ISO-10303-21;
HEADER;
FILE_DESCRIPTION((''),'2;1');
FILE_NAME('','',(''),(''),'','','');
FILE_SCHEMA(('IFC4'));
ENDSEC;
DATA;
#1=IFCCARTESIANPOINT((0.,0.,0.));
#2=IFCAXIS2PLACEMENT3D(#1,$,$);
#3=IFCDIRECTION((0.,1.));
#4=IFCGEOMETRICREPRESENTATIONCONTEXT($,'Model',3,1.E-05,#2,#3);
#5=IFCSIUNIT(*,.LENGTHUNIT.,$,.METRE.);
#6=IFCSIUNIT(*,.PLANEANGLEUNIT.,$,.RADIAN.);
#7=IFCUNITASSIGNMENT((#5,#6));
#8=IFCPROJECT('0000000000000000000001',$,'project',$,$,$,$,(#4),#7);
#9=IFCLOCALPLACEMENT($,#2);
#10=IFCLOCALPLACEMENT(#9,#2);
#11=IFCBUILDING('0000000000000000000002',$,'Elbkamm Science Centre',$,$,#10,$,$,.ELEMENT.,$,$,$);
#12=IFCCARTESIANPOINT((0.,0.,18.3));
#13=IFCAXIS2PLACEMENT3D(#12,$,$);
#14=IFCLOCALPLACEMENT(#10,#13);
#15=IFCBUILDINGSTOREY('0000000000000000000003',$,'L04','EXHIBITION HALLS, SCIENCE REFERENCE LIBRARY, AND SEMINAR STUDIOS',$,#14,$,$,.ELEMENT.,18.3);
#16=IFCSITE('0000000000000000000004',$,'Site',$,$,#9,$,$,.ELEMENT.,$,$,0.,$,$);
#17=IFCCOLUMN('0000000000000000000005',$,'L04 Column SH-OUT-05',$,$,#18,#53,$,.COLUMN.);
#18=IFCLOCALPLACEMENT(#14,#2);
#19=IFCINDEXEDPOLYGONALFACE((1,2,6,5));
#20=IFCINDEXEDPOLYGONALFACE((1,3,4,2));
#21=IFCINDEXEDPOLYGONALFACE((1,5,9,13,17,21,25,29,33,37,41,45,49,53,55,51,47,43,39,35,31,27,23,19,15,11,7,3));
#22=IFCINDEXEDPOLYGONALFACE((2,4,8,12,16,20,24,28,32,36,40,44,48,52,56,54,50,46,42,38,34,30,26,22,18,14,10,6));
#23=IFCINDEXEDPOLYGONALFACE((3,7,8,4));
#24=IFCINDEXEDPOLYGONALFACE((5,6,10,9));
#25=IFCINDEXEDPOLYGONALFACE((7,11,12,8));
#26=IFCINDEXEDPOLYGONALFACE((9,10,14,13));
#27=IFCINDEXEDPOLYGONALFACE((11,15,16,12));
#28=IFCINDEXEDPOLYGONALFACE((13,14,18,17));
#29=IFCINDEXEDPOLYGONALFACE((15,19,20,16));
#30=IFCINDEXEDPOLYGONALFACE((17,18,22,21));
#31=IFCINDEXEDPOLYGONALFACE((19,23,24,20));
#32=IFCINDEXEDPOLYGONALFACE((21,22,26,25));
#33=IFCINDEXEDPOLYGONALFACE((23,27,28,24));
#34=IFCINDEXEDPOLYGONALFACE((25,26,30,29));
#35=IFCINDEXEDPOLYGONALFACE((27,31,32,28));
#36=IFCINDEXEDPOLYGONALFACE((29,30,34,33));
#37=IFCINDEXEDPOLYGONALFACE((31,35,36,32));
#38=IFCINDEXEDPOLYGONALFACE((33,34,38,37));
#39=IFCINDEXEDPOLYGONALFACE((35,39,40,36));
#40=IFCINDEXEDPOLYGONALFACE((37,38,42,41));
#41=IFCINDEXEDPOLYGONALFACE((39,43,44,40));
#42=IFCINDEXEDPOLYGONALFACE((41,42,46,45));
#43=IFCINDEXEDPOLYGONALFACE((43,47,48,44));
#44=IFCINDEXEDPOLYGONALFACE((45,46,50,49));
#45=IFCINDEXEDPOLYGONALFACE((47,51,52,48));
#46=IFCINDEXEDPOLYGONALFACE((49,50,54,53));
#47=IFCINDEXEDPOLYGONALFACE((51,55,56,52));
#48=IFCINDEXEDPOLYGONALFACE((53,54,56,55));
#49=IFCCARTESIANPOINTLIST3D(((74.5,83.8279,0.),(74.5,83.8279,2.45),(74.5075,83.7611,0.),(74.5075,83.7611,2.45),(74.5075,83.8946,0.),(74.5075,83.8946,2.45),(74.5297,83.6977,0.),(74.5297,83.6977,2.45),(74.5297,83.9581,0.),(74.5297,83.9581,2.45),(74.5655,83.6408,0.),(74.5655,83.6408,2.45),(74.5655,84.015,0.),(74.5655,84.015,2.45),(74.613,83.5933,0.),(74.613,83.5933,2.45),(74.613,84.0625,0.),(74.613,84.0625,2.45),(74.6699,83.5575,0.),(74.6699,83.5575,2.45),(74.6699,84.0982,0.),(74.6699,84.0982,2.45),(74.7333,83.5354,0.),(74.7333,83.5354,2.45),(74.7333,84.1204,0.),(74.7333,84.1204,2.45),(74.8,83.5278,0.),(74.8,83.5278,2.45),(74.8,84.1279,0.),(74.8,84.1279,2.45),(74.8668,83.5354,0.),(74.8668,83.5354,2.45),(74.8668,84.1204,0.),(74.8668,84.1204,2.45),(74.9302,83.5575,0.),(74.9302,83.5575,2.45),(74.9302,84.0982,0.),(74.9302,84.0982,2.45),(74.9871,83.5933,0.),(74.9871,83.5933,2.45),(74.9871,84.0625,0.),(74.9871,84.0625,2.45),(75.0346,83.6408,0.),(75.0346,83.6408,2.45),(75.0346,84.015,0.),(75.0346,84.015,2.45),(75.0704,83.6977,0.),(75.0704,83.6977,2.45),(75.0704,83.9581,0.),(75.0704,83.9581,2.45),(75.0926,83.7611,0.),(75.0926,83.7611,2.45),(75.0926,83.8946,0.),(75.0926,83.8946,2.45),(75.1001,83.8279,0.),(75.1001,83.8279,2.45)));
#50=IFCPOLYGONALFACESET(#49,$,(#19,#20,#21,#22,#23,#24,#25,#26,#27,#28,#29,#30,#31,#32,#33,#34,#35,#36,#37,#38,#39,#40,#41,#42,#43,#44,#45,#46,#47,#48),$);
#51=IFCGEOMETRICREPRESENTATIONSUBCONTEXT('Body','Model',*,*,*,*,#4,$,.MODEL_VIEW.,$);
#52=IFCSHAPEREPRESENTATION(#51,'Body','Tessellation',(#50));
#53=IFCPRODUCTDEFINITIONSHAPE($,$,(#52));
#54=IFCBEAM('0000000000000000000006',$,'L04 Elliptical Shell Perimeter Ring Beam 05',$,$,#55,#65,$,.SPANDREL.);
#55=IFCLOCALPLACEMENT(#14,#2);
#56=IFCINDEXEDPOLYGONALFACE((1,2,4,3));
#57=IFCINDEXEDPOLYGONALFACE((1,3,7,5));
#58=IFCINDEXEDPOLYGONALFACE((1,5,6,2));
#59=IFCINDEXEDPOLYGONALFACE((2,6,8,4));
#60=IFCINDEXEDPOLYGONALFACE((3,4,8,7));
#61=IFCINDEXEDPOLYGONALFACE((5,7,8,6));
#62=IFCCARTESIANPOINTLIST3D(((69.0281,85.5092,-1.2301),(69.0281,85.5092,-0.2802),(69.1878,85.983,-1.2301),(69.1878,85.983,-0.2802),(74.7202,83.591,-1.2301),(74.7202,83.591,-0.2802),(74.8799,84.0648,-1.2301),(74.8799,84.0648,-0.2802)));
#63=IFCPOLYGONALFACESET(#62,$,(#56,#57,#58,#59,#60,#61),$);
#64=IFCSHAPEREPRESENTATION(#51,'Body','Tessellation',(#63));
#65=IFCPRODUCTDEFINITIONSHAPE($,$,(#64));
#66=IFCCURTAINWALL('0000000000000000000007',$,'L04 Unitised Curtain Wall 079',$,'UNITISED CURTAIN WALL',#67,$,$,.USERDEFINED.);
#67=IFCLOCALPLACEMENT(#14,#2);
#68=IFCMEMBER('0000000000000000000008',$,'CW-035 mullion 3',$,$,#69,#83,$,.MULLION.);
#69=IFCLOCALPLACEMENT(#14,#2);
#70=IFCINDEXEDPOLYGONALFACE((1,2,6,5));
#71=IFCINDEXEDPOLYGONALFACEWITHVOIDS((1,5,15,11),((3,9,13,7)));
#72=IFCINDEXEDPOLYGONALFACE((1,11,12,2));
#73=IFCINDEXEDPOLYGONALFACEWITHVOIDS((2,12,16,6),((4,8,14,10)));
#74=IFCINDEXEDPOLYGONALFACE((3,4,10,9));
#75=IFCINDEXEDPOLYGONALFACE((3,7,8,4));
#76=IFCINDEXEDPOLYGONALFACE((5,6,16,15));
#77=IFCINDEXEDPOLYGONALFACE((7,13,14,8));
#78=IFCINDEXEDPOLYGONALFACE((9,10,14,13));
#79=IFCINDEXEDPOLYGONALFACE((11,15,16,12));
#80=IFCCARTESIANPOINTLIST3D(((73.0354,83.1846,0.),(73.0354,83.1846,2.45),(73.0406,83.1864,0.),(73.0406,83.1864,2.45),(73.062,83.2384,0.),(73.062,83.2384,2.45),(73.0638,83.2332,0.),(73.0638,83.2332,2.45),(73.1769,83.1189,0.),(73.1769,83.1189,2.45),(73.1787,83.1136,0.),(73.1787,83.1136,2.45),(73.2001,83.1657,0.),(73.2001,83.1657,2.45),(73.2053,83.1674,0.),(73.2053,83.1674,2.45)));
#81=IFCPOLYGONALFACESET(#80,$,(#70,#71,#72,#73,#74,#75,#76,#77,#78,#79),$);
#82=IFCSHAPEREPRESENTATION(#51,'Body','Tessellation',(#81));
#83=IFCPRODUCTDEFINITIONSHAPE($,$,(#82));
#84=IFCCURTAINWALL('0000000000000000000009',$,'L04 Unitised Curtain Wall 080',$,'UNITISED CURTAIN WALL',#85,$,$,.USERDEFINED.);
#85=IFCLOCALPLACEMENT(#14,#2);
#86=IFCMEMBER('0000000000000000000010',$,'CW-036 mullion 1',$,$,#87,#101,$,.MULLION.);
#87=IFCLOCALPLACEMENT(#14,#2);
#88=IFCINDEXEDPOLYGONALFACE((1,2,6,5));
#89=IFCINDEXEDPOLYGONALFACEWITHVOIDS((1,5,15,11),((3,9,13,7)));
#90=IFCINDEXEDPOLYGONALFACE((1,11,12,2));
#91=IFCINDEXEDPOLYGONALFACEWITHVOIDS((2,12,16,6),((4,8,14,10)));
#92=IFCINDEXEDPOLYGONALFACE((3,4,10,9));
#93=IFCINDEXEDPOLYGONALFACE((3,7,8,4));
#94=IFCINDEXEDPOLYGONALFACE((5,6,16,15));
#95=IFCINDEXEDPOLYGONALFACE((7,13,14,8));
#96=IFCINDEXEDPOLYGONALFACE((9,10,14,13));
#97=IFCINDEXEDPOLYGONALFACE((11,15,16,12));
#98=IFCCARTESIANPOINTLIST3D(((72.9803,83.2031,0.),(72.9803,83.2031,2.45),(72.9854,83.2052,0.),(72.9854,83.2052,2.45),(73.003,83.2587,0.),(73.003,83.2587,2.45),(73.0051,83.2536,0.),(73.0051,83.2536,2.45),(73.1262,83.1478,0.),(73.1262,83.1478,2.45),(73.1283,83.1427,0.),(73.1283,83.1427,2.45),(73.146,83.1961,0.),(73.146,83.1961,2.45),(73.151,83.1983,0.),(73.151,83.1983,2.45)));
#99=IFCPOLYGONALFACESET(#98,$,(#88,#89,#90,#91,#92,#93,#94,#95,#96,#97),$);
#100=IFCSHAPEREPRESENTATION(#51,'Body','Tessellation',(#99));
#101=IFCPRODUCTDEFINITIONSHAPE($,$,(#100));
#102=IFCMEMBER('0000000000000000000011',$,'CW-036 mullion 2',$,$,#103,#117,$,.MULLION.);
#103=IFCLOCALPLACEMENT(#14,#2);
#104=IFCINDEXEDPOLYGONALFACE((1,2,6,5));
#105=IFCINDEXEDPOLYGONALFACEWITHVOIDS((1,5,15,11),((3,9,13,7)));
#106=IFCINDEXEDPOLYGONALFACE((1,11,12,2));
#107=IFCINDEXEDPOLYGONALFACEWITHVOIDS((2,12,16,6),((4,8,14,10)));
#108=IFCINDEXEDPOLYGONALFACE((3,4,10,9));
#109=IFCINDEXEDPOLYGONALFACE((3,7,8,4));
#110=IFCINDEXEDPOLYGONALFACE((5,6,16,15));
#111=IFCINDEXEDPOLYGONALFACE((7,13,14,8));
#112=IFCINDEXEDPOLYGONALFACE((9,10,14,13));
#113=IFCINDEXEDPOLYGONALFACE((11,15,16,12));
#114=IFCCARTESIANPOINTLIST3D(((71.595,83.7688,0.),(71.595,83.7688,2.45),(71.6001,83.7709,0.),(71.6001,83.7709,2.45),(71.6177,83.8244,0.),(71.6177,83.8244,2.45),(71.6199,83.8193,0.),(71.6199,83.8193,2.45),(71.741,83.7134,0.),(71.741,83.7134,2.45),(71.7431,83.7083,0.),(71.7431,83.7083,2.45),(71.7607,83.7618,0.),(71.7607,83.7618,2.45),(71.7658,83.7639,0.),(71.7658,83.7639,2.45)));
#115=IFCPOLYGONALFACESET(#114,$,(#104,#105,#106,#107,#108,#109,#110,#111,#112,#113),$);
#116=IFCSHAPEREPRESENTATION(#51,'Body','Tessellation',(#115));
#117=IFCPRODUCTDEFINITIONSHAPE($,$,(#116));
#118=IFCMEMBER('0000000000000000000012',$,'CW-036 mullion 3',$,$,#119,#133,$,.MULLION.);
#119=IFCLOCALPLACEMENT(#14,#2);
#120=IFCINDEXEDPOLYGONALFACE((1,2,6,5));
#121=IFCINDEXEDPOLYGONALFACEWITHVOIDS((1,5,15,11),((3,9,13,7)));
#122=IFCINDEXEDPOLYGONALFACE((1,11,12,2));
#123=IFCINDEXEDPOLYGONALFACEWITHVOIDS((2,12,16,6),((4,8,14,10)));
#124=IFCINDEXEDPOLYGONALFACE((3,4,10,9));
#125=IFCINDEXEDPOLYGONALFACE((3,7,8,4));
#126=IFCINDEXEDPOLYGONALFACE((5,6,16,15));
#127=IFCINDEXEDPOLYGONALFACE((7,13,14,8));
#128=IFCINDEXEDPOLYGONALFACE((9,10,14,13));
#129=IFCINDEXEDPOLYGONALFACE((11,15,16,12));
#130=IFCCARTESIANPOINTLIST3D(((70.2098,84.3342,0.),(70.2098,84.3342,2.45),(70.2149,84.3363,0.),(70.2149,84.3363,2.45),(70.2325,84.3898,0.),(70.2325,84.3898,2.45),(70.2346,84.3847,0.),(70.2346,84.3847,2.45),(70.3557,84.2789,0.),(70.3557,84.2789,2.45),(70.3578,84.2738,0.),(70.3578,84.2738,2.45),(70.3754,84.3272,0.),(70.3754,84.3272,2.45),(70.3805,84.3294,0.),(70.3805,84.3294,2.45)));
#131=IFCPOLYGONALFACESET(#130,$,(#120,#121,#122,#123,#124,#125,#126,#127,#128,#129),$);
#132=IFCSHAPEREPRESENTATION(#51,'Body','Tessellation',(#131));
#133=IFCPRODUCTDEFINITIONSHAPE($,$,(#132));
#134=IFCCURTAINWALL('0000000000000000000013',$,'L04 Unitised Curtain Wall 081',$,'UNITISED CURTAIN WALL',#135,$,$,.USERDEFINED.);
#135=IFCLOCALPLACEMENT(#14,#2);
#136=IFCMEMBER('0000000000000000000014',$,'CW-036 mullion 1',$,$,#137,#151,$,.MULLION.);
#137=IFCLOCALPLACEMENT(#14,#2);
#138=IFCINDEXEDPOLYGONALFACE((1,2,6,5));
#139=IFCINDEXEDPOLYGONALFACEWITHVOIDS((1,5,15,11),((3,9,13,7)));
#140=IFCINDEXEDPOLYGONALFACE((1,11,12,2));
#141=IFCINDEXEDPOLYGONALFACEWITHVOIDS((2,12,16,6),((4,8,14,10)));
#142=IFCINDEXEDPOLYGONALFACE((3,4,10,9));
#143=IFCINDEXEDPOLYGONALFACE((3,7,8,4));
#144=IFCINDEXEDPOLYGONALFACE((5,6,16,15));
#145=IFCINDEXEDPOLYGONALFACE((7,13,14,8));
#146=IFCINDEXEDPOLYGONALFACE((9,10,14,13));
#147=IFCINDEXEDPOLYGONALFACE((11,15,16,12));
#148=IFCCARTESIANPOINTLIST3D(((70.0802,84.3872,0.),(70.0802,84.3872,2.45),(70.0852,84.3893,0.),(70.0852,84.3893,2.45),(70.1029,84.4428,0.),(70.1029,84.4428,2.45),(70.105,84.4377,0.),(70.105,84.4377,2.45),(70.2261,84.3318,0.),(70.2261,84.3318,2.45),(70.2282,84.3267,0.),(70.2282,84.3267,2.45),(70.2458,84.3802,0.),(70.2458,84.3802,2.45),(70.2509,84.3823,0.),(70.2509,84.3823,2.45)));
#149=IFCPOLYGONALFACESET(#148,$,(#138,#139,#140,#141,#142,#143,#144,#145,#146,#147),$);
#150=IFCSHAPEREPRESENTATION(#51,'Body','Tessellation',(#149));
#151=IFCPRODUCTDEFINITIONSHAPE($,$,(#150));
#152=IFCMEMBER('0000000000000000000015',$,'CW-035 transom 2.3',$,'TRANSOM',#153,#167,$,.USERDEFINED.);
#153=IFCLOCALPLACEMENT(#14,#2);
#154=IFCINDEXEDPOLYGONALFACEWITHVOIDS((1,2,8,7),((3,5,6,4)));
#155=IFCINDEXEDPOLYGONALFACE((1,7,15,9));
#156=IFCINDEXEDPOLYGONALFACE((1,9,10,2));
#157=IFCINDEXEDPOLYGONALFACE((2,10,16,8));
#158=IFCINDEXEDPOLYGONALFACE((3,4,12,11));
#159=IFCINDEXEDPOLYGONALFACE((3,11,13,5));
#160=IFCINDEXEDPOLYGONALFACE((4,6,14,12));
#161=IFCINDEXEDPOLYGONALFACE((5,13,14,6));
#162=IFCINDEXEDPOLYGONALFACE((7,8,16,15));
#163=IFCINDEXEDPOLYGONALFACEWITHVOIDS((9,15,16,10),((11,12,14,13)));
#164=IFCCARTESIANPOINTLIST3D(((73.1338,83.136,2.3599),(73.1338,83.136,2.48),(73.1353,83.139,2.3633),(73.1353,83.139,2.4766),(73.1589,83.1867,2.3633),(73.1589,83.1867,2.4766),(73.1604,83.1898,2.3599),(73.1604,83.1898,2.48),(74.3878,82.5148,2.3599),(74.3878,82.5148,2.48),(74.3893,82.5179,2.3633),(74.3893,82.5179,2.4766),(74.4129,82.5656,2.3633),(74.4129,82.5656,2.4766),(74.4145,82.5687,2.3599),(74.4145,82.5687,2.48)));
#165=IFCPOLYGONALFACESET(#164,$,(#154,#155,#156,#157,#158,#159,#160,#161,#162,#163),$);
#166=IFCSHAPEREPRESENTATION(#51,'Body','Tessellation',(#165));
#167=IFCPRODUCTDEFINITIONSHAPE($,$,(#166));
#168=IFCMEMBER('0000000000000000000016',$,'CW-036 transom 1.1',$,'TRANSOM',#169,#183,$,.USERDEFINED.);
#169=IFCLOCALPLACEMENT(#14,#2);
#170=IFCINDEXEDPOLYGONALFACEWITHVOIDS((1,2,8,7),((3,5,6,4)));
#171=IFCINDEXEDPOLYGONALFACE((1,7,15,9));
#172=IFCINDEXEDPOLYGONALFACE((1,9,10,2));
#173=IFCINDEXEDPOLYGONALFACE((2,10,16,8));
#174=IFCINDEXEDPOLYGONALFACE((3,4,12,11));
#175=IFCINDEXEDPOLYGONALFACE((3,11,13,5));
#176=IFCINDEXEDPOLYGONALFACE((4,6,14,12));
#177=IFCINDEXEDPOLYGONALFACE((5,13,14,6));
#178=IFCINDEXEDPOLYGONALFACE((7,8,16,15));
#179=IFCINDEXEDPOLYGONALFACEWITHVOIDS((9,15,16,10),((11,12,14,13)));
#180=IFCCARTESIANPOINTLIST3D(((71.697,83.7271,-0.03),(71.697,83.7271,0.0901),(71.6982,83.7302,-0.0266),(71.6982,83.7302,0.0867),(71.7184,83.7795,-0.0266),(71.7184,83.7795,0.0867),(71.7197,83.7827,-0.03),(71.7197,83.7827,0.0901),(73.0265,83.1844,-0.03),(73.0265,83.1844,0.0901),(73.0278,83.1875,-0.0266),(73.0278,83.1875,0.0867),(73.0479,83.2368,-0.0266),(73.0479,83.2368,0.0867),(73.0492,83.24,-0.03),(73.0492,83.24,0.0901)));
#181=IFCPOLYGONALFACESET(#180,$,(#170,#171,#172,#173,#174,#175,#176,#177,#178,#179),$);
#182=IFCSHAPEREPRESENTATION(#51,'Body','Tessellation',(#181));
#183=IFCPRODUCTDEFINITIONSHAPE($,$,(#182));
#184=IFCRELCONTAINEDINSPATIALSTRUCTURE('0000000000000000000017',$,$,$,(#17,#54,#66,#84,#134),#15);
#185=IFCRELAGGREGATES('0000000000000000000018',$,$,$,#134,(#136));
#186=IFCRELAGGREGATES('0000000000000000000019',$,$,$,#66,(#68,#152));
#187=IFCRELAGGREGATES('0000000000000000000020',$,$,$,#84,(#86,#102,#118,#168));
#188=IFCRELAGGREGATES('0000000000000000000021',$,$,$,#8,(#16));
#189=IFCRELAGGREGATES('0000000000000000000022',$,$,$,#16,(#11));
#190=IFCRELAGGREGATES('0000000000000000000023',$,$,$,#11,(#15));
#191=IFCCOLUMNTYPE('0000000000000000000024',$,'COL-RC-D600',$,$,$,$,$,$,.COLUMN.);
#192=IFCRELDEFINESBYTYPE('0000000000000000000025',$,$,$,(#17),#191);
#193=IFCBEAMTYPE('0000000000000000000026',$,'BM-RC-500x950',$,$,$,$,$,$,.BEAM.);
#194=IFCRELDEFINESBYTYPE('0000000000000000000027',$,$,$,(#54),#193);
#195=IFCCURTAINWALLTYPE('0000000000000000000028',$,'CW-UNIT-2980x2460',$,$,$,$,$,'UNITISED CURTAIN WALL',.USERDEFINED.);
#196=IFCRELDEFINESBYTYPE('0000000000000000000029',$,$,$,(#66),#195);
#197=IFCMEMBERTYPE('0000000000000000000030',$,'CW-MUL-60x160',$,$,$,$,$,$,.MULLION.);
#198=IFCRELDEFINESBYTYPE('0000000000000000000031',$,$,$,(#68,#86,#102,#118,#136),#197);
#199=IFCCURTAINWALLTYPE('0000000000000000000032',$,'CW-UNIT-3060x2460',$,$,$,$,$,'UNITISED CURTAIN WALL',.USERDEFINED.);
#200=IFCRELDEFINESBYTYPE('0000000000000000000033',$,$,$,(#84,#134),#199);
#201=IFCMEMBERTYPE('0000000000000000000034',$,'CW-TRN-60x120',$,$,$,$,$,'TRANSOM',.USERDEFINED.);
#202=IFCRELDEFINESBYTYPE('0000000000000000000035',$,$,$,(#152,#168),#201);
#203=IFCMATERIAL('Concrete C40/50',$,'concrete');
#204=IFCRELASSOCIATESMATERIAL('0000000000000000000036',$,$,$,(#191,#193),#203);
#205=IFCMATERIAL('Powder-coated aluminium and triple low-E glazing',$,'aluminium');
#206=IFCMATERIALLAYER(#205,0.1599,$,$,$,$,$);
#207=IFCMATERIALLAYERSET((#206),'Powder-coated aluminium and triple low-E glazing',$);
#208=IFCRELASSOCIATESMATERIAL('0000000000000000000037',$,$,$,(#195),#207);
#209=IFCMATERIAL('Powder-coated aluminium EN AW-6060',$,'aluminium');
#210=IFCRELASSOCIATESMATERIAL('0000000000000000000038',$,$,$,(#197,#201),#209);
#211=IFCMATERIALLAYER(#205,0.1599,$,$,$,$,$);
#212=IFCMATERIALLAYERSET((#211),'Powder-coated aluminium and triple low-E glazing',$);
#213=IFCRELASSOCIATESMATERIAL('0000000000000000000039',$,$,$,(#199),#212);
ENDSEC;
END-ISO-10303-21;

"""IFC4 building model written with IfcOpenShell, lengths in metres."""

from ifc_helpers import new_model, si_unit, direction, frame, origin, origin_2d, place, context, subcontext, project, spatial, rectangle, hollow_rectangle, circle, extrude, material, layer, layer_set, material_profile, profile_set, type_object, element, aggregate, save


model = new_model("IFC4")

# Units and contexts
model_context = context("Model", 3, precision=1e-05, world=origin(), true_north=direction((0.0, 1.0)))
body_context = subcontext(model_context, "Body", "Model", "MODEL_VIEW")
ifc_project = project(units=[si_unit("LENGTHUNIT", "METRE"), si_unit("PLANEANGLEUNIT", "RADIAN")], contexts=[model_context])

# Site, building, storey
site_placement = place(None, origin())
site = spatial("IfcSite", under=ifc_project, at=site_placement, Name="Site", CompositionType="ELEMENT", RefElevation=0.0)
building_placement = place(site_placement, origin())
building = spatial("IfcBuilding", under=site, at=building_placement, Name="Elbkamm Science Centre", CompositionType="ELEMENT")
storey_placement = place(building_placement, frame((0.0, 0.0, 18.3)))
storey = spatial("IfcBuildingStorey", under=building, at=storey_placement, Name="L04", Description="EXHIBITION HALLS, SCIENCE REFERENCE LIBRARY, AND SEMINAR STUDIOS", CompositionType="ELEMENT", Elevation=18.3)

# Column
ifc_material_1 = material(Name="Concrete C40/50", Category="concrete")
ifc_material_profile_1 = material_profile(ifc_material_1, circle(Radius=0.3, at=origin_2d()), Name="RC D600")
ifc_profile_set_1 = profile_set([ifc_material_profile_1], Name="Concrete C40/50")
column_type = type_object("IfcColumnType", Name="COL-RC-D600", PredefinedType="COLUMN", material=ifc_profile_set_1)
column_placement = place(storey_placement, frame((74.8, 83.8279, 0.0), z_axis=(0.0, 0.0, 1.0), x_axis=(1.0, 0.0, 0.0)))
element("IfcColumn", 1, at=column_placement, inside=storey, type_object=column_type, Name="L04 Column SH-OUT-05", PredefinedType="COLUMN", context=body_context, shape_type="SweptSolid", body=[
    extrude(circle(Radius=0.3, at=origin_2d()), origin(), (0.0, 0.0, 1.0), 2.45),
])

# Beam
ifc_material_profile_2 = material_profile(ifc_material_1, rectangle(XDim=0.5, YDim=0.95, at=origin_2d()), Name="RC 500x950")
ifc_profile_set_2 = profile_set([ifc_material_profile_2], Name="Concrete C40/50")
beam_type = type_object("IfcBeamType", Name="BM-RC-500x950", PredefinedType="BEAM", material=ifc_profile_set_2)
beam_placement = place(storey_placement, frame((74.8, 83.8279, -0.7551), z_axis=(-0.947638, 0.319348, 0.0), x_axis=(-0.319348, -0.947638, 0.0)))
element("IfcBeam", 2, at=beam_placement, inside=storey, type_object=beam_type, Name="L04 Elliptical Shell Perimeter Ring Beam 05", PredefinedType="SPANDREL", context=body_context, shape_type="SweptSolid", body=[
    extrude(rectangle(XDim=0.5, YDim=0.95, at=origin_2d()), origin(), (0.0, 0.0, 1.0), 6.0066),
])

# Curtain wall, member
ifc_material_2 = material(Name="Powder-coated aluminium and triple low-E glazing", Category="aluminium")
ifc_layer_1 = layer(ifc_material_2, 0.1599)
ifc_layer_set_1 = layer_set([ifc_layer_1], Name="Powder-coated aluminium and triple low-E glazing")
curtain_wall_type_1 = type_object("IfcCurtainWallType", Name="CW-UNIT-2980x2460", ElementType="UNITISED CURTAIN WALL", PredefinedType="USERDEFINED", material=ifc_layer_set_1)
curtain_wall_1_placement = place(storey_placement, origin())
curtain_wall_1 = element("IfcCurtainWall", 3, at=curtain_wall_1_placement, inside=storey, type_object=curtain_wall_type_1, Name="L04 Unitised Curtain Wall 079", ObjectType="UNITISED CURTAIN WALL", PredefinedType="USERDEFINED")
ifc_material_3 = material(Name="Powder-coated aluminium EN AW-6060", Category="aluminium")
ifc_material_profile_3 = material_profile(ifc_material_3, hollow_rectangle(XDim=0.0601, YDim=0.1599, WallThickness=0.0039, at=origin_2d()), Name="ALU M60x160")
ifc_profile_set_3 = profile_set([ifc_material_profile_3], Name="Powder-coated aluminium EN AW-6060")
member_type_1 = type_object("IfcMemberType", Name="CW-MUL-60x160", PredefinedType="MULLION", material=ifc_profile_set_3)
member_1_placement = place(storey_placement, frame((73.1204, 83.176, 0.0), z_axis=(0.0, 0.0, 1.0), x_axis=(-0.44384, -0.896106, 0.0)))
member_1 = element("IfcMember", 4, at=member_1_placement, type_object=member_type_1, Name="CW-035 mullion 3", PredefinedType="MULLION", context=body_context, shape_type="SweptSolid", body=[
    extrude(hollow_rectangle(XDim=0.0601, YDim=0.1599, WallThickness=0.0039, at=origin_2d()), origin(), (0.0, 0.0, 1.0), 2.45),
])

# Curtain wall, members
ifc_layer_2 = layer(ifc_material_2, 0.1599)
ifc_layer_set_2 = layer_set([ifc_layer_2], Name="Powder-coated aluminium and triple low-E glazing")
curtain_wall_type_2 = type_object("IfcCurtainWallType", Name="CW-UNIT-3060x2460", ElementType="UNITISED CURTAIN WALL", PredefinedType="USERDEFINED", material=ifc_layer_set_2)
curtain_wall_2_placement = place(storey_placement, origin())
curtain_wall_2 = element("IfcCurtainWall", 5, at=curtain_wall_2_placement, inside=storey, type_object=curtain_wall_type_2, Name="L04 Unitised Curtain Wall 080", ObjectType="UNITISED CURTAIN WALL", PredefinedType="USERDEFINED")
member_2_placement = place(storey_placement, frame((73.0657, 83.2007, 0.0), z_axis=(0.0, 0.0, 1.0), x_axis=(-0.378001, -0.925805, 0.0)))
member_2 = element("IfcMember", 6, at=member_2_placement, type_object=member_type_1, Name="CW-036 mullion 1", PredefinedType="MULLION", context=body_context, shape_type="SweptSolid", body=[
    extrude(hollow_rectangle(XDim=0.0601, YDim=0.1599, WallThickness=0.0039, at=origin_2d()), origin(), (0.0, 0.0, 1.0), 2.45),
])
member_3_placement = place(storey_placement, frame((71.6804, 83.7664, 0.0), z_axis=(0.0, 0.0, 1.0), x_axis=(-0.378001, -0.925805, 0.0)))
member_3 = element("IfcMember", 7, at=member_3_placement, type_object=member_type_1, Name="CW-036 mullion 2", PredefinedType="MULLION", context=body_context, shape_type="SweptSolid", body=[
    extrude(hollow_rectangle(XDim=0.0601, YDim=0.1599, WallThickness=0.0039, at=origin_2d()), origin(), (0.0, 0.0, 1.0), 2.45),
])
member_4_placement = place(storey_placement, frame((70.2952, 84.3318, 0.0), z_axis=(0.0, 0.0, 1.0), x_axis=(-0.378001, -0.925805, 0.0)))
member_4 = element("IfcMember", 8, at=member_4_placement, type_object=member_type_1, Name="CW-036 mullion 3", PredefinedType="MULLION", context=body_context, shape_type="SweptSolid", body=[
    extrude(hollow_rectangle(XDim=0.0601, YDim=0.1599, WallThickness=0.0039, at=origin_2d()), origin(), (0.0, 0.0, 1.0), 2.45),
])

# Curtain wall, member
curtain_wall_3_placement = place(storey_placement, origin())
curtain_wall_3 = element("IfcCurtainWall", 9, at=curtain_wall_3_placement, inside=storey, type_object=curtain_wall_type_2, Name="L04 Unitised Curtain Wall 081", ObjectType="UNITISED CURTAIN WALL", PredefinedType="USERDEFINED")
member_5_placement = place(storey_placement, frame((70.1655, 84.3848, 0.0), z_axis=(0.0, 0.0, 1.0), x_axis=(-0.378001, -0.925805, 0.0)))
member_5 = element("IfcMember", 10, at=member_5_placement, type_object=member_type_1, Name="CW-036 mullion 1", PredefinedType="MULLION", context=body_context, shape_type="SweptSolid", body=[
    extrude(hollow_rectangle(XDim=0.0601, YDim=0.1599, WallThickness=0.0039, at=origin_2d()), origin(), (0.0, 0.0, 1.0), 2.45),
])

# Members
ifc_material_profile_4 = material_profile(ifc_material_3, hollow_rectangle(XDim=0.0601, YDim=0.1201, WallThickness=0.0034, at=origin_2d()), Name="ALU T60x120")
ifc_profile_set_4 = profile_set([ifc_material_profile_4], Name="Powder-coated aluminium EN AW-6060")
member_type_2 = type_object("IfcMemberType", Name="CW-TRN-60x120", ElementType="TRANSOM", PredefinedType="USERDEFINED", material=ifc_profile_set_4)
member_6_placement = place(storey_placement, frame((74.4011, 82.5417, 2.4199), z_axis=(-0.896096, 0.443861, 0.0), x_axis=(-0.443861, -0.896096, 0.0)))
member_6 = element("IfcMember", 11, at=member_6_placement, type_object=member_type_2, Name="CW-035 transom 2.3", ObjectType="TRANSOM", PredefinedType="USERDEFINED", context=body_context, shape_type="SweptSolid", body=[
    extrude(hollow_rectangle(XDim=0.0601, YDim=0.1201, WallThickness=0.0034, at=origin_2d()), origin(), (0.0, 0.0, 1.0), 1.3994),
])
member_7_placement = place(storey_placement, frame((73.0378, 83.2122, 0.03), z_axis=(-0.925839, 0.377918, 0.0), x_axis=(-0.377918, -0.925839, 0.0)))
member_7 = element("IfcMember", 12, at=member_7_placement, type_object=member_type_2, Name="CW-036 transom 1.1", ObjectType="TRANSOM", PredefinedType="USERDEFINED", context=body_context, shape_type="SweptSolid", body=[
    extrude(hollow_rectangle(XDim=0.0601, YDim=0.1201, WallThickness=0.0034, at=origin_2d()), origin(), (0.0, 0.0, 1.0), 1.436),
])
aggregate(curtain_wall_3, [member_5])

aggregate(curtain_wall_1, [member_1, member_6])
aggregate(curtain_wall_2, [member_2, member_3, member_4, member_7])

save(model, "model.ifc")
